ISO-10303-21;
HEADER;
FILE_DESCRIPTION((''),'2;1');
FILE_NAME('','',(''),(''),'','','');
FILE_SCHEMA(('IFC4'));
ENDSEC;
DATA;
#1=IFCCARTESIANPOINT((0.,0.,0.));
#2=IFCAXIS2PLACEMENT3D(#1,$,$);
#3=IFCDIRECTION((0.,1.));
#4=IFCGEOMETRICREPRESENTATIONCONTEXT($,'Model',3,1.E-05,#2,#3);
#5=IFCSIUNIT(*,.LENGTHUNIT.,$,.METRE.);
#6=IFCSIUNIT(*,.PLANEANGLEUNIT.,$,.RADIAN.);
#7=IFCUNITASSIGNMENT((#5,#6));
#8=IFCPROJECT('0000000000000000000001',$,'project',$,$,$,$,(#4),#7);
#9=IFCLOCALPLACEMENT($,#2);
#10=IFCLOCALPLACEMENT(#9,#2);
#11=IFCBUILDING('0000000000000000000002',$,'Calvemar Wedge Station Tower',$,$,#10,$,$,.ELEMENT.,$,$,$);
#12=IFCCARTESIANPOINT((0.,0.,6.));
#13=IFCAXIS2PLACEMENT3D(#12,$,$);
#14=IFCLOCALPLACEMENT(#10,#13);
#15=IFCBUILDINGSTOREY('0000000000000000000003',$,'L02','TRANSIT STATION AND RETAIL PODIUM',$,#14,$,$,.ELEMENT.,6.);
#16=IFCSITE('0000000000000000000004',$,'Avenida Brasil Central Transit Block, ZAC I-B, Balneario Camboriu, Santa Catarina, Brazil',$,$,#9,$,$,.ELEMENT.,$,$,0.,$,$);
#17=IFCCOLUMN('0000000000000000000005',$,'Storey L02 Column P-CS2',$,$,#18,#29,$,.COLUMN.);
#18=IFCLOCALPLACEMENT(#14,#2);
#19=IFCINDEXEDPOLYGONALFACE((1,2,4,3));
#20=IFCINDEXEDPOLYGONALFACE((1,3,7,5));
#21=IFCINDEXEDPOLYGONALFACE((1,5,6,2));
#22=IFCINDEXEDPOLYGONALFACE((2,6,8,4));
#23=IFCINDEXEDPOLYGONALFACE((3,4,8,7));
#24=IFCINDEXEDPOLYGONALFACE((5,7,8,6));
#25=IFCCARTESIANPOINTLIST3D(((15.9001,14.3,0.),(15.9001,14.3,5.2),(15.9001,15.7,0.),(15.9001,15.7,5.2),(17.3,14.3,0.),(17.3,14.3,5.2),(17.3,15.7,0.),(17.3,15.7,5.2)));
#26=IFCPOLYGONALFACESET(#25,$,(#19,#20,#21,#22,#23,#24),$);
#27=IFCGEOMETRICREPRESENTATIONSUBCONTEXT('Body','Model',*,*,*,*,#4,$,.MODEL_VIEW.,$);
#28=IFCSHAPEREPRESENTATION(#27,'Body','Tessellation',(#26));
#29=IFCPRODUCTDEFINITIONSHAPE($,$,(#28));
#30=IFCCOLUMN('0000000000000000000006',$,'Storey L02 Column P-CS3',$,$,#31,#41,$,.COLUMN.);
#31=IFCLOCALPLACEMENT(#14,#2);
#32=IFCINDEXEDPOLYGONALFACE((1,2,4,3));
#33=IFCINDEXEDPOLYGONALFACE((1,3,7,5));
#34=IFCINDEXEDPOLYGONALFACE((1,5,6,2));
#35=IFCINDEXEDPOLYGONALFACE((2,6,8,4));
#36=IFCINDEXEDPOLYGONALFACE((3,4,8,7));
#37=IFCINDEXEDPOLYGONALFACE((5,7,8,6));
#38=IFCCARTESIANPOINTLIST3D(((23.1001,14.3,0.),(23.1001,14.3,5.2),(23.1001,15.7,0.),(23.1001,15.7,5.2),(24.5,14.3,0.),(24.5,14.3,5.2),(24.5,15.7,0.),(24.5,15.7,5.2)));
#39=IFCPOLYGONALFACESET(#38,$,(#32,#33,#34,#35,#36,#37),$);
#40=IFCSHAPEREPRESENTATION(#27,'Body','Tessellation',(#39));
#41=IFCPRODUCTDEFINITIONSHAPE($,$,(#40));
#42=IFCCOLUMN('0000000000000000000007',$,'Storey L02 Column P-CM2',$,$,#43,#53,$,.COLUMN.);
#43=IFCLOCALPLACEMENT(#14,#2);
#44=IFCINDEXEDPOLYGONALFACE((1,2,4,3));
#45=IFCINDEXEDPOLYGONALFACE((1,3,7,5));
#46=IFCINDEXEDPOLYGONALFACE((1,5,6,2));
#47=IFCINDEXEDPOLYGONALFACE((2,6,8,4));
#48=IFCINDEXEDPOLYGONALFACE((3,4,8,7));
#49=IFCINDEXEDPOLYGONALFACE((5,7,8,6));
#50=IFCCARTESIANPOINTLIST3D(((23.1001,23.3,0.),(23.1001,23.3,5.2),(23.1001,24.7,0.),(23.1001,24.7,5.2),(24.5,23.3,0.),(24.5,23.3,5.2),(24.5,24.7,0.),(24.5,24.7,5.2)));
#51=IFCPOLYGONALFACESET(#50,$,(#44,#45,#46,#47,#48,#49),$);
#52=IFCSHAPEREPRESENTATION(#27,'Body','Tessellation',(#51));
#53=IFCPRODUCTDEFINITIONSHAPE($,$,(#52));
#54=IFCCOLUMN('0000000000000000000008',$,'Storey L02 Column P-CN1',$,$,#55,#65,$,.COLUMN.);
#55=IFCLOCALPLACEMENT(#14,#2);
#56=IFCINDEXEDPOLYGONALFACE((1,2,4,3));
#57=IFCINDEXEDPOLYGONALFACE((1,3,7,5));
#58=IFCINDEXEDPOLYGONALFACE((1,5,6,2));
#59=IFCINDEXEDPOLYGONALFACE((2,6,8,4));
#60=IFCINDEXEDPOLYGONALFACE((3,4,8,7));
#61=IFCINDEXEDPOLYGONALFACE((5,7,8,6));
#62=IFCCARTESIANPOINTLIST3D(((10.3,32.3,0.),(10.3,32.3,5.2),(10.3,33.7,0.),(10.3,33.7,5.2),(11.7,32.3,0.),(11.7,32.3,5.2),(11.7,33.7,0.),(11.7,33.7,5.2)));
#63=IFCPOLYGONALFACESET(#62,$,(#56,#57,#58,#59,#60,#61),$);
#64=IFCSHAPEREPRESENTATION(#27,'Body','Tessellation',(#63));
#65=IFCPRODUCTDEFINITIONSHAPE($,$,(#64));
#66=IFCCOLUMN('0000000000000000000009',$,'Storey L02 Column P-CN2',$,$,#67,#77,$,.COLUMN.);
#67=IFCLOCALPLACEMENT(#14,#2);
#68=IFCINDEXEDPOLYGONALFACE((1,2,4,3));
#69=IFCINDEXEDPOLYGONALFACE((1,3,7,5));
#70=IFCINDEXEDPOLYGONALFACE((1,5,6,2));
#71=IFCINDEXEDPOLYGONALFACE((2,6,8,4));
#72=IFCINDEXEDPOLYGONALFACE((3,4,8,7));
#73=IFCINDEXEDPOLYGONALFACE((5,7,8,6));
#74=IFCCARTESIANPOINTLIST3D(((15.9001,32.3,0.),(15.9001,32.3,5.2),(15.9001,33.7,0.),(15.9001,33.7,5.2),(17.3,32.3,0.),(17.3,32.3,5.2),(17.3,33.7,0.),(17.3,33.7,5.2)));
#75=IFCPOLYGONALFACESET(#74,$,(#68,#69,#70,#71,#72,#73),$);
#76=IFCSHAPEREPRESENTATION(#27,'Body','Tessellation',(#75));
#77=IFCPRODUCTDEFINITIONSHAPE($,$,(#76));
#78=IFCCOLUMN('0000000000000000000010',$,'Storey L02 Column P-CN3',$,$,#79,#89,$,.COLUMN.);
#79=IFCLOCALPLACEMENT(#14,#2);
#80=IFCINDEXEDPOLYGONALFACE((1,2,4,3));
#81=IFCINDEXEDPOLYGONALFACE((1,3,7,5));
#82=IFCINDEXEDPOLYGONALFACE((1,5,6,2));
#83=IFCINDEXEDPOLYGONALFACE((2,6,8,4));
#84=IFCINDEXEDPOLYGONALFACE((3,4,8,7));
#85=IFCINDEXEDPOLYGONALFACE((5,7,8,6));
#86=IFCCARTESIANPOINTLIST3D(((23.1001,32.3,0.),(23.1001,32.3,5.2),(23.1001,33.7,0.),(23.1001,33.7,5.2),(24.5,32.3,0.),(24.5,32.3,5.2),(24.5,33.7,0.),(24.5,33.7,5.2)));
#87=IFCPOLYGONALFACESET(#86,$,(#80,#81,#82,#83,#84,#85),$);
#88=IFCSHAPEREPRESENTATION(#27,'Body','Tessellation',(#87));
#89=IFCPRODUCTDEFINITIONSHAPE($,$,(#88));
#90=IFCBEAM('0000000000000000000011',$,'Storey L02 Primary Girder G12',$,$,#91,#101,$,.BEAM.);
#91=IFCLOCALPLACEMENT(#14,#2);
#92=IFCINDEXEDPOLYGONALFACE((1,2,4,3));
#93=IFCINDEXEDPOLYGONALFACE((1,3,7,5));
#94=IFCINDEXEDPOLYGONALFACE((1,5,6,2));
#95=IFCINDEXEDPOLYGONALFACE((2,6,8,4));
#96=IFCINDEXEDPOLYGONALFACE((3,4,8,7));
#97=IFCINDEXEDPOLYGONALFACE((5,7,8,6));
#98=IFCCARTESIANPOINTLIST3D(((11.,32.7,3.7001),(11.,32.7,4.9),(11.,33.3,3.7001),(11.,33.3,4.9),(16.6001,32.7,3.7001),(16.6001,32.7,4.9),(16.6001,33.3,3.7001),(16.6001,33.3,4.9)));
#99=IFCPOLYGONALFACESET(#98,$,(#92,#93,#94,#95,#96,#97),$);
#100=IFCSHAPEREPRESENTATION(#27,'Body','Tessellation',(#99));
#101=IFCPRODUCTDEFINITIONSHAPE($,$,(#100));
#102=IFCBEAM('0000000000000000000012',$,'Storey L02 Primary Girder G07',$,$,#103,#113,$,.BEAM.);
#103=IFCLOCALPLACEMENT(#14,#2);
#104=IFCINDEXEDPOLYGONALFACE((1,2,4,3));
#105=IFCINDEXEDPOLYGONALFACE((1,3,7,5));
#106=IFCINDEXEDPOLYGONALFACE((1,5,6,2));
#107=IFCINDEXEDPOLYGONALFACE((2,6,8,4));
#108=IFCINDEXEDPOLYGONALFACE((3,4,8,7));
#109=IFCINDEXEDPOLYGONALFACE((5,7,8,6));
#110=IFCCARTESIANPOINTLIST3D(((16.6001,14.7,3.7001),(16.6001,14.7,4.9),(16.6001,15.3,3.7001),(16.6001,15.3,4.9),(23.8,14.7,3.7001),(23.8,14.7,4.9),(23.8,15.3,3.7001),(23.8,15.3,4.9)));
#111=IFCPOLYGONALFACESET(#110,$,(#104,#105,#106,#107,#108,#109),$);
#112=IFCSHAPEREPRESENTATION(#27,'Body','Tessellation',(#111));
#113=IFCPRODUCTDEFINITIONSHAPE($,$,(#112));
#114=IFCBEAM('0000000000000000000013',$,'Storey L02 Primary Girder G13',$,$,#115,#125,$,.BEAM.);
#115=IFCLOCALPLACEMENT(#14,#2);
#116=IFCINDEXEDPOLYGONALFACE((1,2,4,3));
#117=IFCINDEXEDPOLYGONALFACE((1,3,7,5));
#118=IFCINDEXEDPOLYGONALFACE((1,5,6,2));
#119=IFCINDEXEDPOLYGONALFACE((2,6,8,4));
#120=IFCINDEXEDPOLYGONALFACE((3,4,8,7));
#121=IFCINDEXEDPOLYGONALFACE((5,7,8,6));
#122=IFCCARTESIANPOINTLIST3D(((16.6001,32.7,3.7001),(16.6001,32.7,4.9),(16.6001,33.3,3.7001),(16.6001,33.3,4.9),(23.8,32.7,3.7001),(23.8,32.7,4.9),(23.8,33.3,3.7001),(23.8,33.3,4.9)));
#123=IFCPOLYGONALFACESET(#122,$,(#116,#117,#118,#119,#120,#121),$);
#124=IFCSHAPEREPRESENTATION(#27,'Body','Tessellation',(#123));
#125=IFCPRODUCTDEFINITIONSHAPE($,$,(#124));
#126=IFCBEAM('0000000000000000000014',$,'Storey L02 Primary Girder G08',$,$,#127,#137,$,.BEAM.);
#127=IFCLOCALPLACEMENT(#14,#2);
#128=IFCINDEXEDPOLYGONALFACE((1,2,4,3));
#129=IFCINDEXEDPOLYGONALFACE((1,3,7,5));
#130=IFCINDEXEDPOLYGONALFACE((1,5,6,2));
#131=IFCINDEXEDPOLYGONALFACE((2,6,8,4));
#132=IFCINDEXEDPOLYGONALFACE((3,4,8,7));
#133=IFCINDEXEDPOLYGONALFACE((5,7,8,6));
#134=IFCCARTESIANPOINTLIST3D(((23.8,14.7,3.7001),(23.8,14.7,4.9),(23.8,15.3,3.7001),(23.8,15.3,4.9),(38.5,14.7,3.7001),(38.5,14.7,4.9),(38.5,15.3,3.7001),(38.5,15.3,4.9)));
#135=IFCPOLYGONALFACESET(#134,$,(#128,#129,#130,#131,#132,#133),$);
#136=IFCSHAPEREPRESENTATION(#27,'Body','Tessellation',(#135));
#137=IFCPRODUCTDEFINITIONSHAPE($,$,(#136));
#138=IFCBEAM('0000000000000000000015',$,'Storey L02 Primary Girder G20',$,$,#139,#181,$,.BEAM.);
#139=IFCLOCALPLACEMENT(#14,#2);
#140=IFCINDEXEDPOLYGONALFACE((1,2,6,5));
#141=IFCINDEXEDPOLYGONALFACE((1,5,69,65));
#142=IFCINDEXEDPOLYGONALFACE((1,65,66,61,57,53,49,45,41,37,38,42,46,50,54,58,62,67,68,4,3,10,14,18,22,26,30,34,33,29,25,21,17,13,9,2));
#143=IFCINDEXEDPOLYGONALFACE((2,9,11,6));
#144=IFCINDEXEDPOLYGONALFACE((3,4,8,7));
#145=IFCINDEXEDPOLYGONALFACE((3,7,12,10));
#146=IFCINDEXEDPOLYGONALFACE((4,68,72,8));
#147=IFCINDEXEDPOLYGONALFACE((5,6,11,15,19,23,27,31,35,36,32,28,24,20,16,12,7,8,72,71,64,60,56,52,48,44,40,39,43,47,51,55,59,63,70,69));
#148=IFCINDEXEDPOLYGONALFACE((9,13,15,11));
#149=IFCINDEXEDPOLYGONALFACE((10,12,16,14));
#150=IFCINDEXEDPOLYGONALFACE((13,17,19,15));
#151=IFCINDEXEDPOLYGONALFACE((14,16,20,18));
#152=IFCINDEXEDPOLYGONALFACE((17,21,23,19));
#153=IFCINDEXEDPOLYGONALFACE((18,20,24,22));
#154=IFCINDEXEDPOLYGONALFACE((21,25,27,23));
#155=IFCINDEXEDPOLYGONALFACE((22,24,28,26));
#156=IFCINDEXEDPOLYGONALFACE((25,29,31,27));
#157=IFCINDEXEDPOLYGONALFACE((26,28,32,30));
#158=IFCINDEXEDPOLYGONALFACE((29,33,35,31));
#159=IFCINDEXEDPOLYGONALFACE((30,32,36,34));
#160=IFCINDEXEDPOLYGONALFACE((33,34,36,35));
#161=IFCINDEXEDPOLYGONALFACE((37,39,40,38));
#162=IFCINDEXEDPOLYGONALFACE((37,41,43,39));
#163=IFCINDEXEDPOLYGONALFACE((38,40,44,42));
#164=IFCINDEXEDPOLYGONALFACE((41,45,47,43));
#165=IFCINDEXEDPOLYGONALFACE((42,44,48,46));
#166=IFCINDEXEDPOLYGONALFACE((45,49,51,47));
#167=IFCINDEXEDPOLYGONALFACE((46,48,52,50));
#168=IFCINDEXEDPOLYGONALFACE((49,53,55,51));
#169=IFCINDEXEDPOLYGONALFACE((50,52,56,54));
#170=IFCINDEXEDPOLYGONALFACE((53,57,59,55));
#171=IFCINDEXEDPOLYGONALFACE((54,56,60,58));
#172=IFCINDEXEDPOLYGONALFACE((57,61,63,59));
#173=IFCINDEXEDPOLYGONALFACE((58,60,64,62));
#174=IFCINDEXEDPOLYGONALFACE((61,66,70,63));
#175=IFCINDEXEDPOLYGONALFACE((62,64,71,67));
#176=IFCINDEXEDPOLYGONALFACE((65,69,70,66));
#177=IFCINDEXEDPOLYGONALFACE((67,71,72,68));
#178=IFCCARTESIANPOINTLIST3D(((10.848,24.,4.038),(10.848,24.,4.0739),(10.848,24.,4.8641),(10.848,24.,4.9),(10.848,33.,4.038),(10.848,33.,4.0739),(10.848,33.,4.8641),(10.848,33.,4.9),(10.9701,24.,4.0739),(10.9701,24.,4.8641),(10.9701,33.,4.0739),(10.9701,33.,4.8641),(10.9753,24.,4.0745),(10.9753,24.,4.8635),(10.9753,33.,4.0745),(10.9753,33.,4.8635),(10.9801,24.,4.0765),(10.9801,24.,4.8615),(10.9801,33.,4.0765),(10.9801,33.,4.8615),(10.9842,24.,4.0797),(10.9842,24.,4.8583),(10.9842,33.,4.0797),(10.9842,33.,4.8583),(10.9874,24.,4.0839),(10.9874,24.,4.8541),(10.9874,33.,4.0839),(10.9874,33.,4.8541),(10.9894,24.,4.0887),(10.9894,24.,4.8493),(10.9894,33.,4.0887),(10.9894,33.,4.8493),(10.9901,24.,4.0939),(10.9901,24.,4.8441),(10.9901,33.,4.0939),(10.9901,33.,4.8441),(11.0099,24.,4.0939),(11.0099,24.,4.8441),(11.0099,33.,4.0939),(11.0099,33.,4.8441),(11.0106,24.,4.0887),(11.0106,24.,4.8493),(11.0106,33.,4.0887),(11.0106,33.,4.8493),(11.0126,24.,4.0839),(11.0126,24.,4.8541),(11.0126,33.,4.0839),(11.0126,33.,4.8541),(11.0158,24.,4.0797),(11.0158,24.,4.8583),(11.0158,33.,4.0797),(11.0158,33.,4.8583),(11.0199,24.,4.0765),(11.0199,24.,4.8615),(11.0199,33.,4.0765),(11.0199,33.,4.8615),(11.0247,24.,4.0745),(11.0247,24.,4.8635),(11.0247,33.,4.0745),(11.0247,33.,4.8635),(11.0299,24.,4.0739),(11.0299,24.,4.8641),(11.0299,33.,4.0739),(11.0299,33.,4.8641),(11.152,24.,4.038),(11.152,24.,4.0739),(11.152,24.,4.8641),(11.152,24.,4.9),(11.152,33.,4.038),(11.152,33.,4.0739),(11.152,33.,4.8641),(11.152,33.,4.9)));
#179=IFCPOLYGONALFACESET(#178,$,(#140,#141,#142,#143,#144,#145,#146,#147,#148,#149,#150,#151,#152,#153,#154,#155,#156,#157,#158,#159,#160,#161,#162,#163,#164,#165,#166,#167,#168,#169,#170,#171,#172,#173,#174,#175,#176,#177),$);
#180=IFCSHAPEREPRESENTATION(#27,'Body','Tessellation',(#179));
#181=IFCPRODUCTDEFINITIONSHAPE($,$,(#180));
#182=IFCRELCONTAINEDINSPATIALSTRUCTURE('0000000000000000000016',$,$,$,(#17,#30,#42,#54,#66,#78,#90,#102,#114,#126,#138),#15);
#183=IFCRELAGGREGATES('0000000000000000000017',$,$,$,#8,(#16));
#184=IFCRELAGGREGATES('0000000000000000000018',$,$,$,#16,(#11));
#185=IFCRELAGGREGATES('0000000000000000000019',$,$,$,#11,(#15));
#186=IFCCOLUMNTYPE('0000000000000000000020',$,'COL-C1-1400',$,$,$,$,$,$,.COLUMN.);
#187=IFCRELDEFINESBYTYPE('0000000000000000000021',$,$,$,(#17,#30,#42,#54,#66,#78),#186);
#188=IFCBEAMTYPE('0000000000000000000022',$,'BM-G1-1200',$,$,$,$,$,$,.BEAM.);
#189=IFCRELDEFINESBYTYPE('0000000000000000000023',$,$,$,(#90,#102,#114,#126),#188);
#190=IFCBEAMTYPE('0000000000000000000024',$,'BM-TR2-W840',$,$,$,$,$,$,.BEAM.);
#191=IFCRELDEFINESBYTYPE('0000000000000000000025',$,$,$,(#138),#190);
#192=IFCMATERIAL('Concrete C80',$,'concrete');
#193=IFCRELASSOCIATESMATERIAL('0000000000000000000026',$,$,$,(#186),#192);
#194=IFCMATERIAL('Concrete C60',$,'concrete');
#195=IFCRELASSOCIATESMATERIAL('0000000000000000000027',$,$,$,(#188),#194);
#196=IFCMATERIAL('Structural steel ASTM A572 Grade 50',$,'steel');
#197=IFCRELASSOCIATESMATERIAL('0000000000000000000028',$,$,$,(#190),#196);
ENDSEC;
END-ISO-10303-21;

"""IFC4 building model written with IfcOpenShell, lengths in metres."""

from ifc_helpers import new_model, si_unit, direction, frame, origin, origin_2d, place, context, subcontext, project, spatial, rectangle, i_section, extrude, source, transform, mapped, material, material_profile, profile_set, type_object, element, save


model = new_model("IFC4")

# Units and contexts
model_context = context("Model", 3, precision=1e-05, world=origin(), true_north=direction((0.0, 1.0)))
body_context = subcontext(model_context, "Body", "Model", "MODEL_VIEW")
ifc_project = project(units=[si_unit("LENGTHUNIT", "METRE"), si_unit("PLANEANGLEUNIT", "RADIAN")], contexts=[model_context])

# Site, building, storey
site_placement = place(None, origin())
site = spatial("IfcSite", under=ifc_project, at=site_placement, Name="Avenida Brasil Central Transit Block, ZAC I-B, Balneario Camboriu, Santa Catarina, Brazil", CompositionType="ELEMENT", RefElevation=0.0)
building_placement = place(site_placement, origin())
building = spatial("IfcBuilding", under=site, at=building_placement, Name="Calvemar Wedge Station Tower", CompositionType="ELEMENT")
storey_placement = place(building_placement, frame((0.0, 0.0, 6.0)))
storey = spatial("IfcBuildingStorey", under=building, at=storey_placement, Name="L02", Description="TRANSIT STATION AND RETAIL PODIUM", CompositionType="ELEMENT", Elevation=6.0)

# Columns
ifc_material_1 = material(Name="Concrete C80", Category="concrete")
ifc_material_profile_1 = material_profile(ifc_material_1, rectangle(XDim=1.3999, YDim=1.3999, at=origin_2d()), Name="RC1400x1400")
ifc_profile_set_1 = profile_set([ifc_material_profile_1], Name="Concrete C80")
column_type = type_object("IfcColumnType", Name="COL-C1-1400", PredefinedType="COLUMN", material=ifc_profile_set_1)
shared_shape_1 = source(origin(), body_context, "Body", "SweptSolid", [
    extrude(rectangle(XDim=1.3999, YDim=1.3999, at=origin_2d()), origin(), (0.0, 0.0, 1.0), 5.2),
])
for number, where, z_axis, x_axis, name in (
    (1, (16.6001, 15.0, 0.0), (0.0, 0.0, 1.0), (1.0, 0.0, 0.0), "Storey L02 Column P-CS2"),
    (2, (23.8, 15.0, 0.0), (0.0, 0.0, 1.0), (1.0, 0.0, 0.0), "Storey L02 Column P-CS3"),
    (3, (23.8, 24.0, 0.0), (0.0, 0.0, 1.0), (1.0, 0.0, 0.0), "Storey L02 Column P-CM2"),
    (4, (11.0, 33.0, 0.0), (0.0, 0.0, 1.0), (1.0, 0.0, 0.0), "Storey L02 Column P-CN1"),
    (5, (16.6001, 33.0, 0.0), (0.0, 0.0, 1.0), (1.0, 0.0, 0.0), "Storey L02 Column P-CN2"),
    (6, (23.8, 33.0, 0.0), (0.0, 0.0, 1.0), (1.0, 0.0, 0.0), "Storey L02 Column P-CN3"),
):
    element("IfcColumn", number, at=place(storey_placement, frame(where, z_axis=z_axis, x_axis=x_axis)), inside=storey, type_object=column_type, Name=name, PredefinedType="COLUMN", context=body_context, shape_type="MappedRepresentation", body=[
        mapped(shared_shape_1, transform((0.0, 0.0, 0.0), scale=1.0)),
    ])

# Beams
ifc_material_2 = material(Name="Concrete C60", Category="concrete")
ifc_material_profile_2 = material_profile(ifc_material_2, rectangle(XDim=0.6001, YDim=1.2, at=origin_2d()), Name="RC600x1200")
ifc_profile_set_2 = profile_set([ifc_material_profile_2], Name="Concrete C60")
beam_type_1 = type_object("IfcBeamType", Name="BM-G1-1200", PredefinedType="BEAM", material=ifc_profile_set_2)
shared_shape_2 = source(origin(), body_context, "Body", "SweptSolid", [
    extrude(rectangle(XDim=0.6001, YDim=1.2, at=origin_2d()), origin(), (0.0, 0.0, 1.0), 5.6001),
])
beam_1_placement = place(storey_placement, frame((11.0, 33.0, 4.3), z_axis=(1.0, 0.0, 0.0), x_axis=(0.0, 1.0, 0.0)))
element("IfcBeam", 7, at=beam_1_placement, inside=storey, type_object=beam_type_1, Name="Storey L02 Primary Girder G12", PredefinedType="BEAM", context=body_context, shape_type="MappedRepresentation", body=[
    mapped(shared_shape_2, transform((0.0, 0.0, 0.0), scale=1.0)),
])
shared_shape_3 = source(origin(), body_context, "Body", "SweptSolid", [
    extrude(rectangle(XDim=0.6001, YDim=1.2, at=origin_2d()), origin(), (0.0, 0.0, 1.0), 7.2),
])
for number, where, z_axis, x_axis, name in (
    (8, (16.6001, 15.0, 4.3), (1.0, 0.0, 0.0), (0.0, 1.0, 0.0), "Storey L02 Primary Girder G07"),
    (9, (16.6001, 33.0, 4.3), (1.0, 0.0, 0.0), (0.0, 1.0, 0.0), "Storey L02 Primary Girder G13"),
):
    element("IfcBeam", number, at=place(storey_placement, frame(where, z_axis=z_axis, x_axis=x_axis)), inside=storey, type_object=beam_type_1, Name=name, PredefinedType="BEAM", context=body_context, shape_type="MappedRepresentation", body=[
        mapped(shared_shape_3, transform((0.0, 0.0, 0.0), scale=1.0)),
    ])
shared_shape_4 = source(origin(), body_context, "Body", "SweptSolid", [
    extrude(rectangle(XDim=0.6001, YDim=1.2, at=origin_2d()), origin(), (0.0, 0.0, 1.0), 14.7),
])
beam_2_placement = place(storey_placement, frame((23.8, 15.0, 4.3), z_axis=(1.0, 0.0, 0.0), x_axis=(0.0, 1.0, 0.0)))
element("IfcBeam", 10, at=beam_2_placement, inside=storey, type_object=beam_type_1, Name="Storey L02 Primary Girder G08", PredefinedType="BEAM", context=body_context, shape_type="MappedRepresentation", body=[
    mapped(shared_shape_4, transform((0.0, 0.0, 0.0), scale=1.0)),
])
ifc_material_3 = material(Name="Structural steel ASTM A572 Grade 50", Category="steel")
ifc_material_profile_3 = material_profile(ifc_material_3, i_section(OverallWidth=0.304, OverallDepth=0.8621, WebThickness=0.0198, FlangeThickness=0.0359, FilletRadius=0.02, at=origin_2d()), Name="W840x329")
ifc_profile_set_3 = profile_set([ifc_material_profile_3], Name="Structural steel ASTM A572 Grade 50")
beam_type_2 = type_object("IfcBeamType", Name="BM-TR2-W840", PredefinedType="BEAM", material=ifc_profile_set_3)
shared_shape_5 = source(origin(), body_context, "Body", "SweptSolid", [
    extrude(i_section(OverallWidth=0.304, OverallDepth=0.8621, WebThickness=0.0198, FlangeThickness=0.0359, FilletRadius=0.02, at=origin_2d()), origin(), (0.0, 0.0, 1.0), 9.0),
])
for number, where, z_axis, x_axis, name in (
    (11, (11.0, 24.0, 4.469), (0.0, 1.0, 0.0), (-1.0, 0.0, 0.0), "Storey L02 Primary Girder G20"),
):
    element("IfcBeam", number, at=place(storey_placement, frame(where, z_axis=z_axis, x_axis=x_axis)), inside=storey, type_object=beam_type_2, Name=name, PredefinedType="BEAM", context=body_context, shape_type="MappedRepresentation", body=[
        mapped(shared_shape_5, transform((0.0, 0.0, 0.0), scale=1.0)),
    ])

save(model, "model.ifc")
